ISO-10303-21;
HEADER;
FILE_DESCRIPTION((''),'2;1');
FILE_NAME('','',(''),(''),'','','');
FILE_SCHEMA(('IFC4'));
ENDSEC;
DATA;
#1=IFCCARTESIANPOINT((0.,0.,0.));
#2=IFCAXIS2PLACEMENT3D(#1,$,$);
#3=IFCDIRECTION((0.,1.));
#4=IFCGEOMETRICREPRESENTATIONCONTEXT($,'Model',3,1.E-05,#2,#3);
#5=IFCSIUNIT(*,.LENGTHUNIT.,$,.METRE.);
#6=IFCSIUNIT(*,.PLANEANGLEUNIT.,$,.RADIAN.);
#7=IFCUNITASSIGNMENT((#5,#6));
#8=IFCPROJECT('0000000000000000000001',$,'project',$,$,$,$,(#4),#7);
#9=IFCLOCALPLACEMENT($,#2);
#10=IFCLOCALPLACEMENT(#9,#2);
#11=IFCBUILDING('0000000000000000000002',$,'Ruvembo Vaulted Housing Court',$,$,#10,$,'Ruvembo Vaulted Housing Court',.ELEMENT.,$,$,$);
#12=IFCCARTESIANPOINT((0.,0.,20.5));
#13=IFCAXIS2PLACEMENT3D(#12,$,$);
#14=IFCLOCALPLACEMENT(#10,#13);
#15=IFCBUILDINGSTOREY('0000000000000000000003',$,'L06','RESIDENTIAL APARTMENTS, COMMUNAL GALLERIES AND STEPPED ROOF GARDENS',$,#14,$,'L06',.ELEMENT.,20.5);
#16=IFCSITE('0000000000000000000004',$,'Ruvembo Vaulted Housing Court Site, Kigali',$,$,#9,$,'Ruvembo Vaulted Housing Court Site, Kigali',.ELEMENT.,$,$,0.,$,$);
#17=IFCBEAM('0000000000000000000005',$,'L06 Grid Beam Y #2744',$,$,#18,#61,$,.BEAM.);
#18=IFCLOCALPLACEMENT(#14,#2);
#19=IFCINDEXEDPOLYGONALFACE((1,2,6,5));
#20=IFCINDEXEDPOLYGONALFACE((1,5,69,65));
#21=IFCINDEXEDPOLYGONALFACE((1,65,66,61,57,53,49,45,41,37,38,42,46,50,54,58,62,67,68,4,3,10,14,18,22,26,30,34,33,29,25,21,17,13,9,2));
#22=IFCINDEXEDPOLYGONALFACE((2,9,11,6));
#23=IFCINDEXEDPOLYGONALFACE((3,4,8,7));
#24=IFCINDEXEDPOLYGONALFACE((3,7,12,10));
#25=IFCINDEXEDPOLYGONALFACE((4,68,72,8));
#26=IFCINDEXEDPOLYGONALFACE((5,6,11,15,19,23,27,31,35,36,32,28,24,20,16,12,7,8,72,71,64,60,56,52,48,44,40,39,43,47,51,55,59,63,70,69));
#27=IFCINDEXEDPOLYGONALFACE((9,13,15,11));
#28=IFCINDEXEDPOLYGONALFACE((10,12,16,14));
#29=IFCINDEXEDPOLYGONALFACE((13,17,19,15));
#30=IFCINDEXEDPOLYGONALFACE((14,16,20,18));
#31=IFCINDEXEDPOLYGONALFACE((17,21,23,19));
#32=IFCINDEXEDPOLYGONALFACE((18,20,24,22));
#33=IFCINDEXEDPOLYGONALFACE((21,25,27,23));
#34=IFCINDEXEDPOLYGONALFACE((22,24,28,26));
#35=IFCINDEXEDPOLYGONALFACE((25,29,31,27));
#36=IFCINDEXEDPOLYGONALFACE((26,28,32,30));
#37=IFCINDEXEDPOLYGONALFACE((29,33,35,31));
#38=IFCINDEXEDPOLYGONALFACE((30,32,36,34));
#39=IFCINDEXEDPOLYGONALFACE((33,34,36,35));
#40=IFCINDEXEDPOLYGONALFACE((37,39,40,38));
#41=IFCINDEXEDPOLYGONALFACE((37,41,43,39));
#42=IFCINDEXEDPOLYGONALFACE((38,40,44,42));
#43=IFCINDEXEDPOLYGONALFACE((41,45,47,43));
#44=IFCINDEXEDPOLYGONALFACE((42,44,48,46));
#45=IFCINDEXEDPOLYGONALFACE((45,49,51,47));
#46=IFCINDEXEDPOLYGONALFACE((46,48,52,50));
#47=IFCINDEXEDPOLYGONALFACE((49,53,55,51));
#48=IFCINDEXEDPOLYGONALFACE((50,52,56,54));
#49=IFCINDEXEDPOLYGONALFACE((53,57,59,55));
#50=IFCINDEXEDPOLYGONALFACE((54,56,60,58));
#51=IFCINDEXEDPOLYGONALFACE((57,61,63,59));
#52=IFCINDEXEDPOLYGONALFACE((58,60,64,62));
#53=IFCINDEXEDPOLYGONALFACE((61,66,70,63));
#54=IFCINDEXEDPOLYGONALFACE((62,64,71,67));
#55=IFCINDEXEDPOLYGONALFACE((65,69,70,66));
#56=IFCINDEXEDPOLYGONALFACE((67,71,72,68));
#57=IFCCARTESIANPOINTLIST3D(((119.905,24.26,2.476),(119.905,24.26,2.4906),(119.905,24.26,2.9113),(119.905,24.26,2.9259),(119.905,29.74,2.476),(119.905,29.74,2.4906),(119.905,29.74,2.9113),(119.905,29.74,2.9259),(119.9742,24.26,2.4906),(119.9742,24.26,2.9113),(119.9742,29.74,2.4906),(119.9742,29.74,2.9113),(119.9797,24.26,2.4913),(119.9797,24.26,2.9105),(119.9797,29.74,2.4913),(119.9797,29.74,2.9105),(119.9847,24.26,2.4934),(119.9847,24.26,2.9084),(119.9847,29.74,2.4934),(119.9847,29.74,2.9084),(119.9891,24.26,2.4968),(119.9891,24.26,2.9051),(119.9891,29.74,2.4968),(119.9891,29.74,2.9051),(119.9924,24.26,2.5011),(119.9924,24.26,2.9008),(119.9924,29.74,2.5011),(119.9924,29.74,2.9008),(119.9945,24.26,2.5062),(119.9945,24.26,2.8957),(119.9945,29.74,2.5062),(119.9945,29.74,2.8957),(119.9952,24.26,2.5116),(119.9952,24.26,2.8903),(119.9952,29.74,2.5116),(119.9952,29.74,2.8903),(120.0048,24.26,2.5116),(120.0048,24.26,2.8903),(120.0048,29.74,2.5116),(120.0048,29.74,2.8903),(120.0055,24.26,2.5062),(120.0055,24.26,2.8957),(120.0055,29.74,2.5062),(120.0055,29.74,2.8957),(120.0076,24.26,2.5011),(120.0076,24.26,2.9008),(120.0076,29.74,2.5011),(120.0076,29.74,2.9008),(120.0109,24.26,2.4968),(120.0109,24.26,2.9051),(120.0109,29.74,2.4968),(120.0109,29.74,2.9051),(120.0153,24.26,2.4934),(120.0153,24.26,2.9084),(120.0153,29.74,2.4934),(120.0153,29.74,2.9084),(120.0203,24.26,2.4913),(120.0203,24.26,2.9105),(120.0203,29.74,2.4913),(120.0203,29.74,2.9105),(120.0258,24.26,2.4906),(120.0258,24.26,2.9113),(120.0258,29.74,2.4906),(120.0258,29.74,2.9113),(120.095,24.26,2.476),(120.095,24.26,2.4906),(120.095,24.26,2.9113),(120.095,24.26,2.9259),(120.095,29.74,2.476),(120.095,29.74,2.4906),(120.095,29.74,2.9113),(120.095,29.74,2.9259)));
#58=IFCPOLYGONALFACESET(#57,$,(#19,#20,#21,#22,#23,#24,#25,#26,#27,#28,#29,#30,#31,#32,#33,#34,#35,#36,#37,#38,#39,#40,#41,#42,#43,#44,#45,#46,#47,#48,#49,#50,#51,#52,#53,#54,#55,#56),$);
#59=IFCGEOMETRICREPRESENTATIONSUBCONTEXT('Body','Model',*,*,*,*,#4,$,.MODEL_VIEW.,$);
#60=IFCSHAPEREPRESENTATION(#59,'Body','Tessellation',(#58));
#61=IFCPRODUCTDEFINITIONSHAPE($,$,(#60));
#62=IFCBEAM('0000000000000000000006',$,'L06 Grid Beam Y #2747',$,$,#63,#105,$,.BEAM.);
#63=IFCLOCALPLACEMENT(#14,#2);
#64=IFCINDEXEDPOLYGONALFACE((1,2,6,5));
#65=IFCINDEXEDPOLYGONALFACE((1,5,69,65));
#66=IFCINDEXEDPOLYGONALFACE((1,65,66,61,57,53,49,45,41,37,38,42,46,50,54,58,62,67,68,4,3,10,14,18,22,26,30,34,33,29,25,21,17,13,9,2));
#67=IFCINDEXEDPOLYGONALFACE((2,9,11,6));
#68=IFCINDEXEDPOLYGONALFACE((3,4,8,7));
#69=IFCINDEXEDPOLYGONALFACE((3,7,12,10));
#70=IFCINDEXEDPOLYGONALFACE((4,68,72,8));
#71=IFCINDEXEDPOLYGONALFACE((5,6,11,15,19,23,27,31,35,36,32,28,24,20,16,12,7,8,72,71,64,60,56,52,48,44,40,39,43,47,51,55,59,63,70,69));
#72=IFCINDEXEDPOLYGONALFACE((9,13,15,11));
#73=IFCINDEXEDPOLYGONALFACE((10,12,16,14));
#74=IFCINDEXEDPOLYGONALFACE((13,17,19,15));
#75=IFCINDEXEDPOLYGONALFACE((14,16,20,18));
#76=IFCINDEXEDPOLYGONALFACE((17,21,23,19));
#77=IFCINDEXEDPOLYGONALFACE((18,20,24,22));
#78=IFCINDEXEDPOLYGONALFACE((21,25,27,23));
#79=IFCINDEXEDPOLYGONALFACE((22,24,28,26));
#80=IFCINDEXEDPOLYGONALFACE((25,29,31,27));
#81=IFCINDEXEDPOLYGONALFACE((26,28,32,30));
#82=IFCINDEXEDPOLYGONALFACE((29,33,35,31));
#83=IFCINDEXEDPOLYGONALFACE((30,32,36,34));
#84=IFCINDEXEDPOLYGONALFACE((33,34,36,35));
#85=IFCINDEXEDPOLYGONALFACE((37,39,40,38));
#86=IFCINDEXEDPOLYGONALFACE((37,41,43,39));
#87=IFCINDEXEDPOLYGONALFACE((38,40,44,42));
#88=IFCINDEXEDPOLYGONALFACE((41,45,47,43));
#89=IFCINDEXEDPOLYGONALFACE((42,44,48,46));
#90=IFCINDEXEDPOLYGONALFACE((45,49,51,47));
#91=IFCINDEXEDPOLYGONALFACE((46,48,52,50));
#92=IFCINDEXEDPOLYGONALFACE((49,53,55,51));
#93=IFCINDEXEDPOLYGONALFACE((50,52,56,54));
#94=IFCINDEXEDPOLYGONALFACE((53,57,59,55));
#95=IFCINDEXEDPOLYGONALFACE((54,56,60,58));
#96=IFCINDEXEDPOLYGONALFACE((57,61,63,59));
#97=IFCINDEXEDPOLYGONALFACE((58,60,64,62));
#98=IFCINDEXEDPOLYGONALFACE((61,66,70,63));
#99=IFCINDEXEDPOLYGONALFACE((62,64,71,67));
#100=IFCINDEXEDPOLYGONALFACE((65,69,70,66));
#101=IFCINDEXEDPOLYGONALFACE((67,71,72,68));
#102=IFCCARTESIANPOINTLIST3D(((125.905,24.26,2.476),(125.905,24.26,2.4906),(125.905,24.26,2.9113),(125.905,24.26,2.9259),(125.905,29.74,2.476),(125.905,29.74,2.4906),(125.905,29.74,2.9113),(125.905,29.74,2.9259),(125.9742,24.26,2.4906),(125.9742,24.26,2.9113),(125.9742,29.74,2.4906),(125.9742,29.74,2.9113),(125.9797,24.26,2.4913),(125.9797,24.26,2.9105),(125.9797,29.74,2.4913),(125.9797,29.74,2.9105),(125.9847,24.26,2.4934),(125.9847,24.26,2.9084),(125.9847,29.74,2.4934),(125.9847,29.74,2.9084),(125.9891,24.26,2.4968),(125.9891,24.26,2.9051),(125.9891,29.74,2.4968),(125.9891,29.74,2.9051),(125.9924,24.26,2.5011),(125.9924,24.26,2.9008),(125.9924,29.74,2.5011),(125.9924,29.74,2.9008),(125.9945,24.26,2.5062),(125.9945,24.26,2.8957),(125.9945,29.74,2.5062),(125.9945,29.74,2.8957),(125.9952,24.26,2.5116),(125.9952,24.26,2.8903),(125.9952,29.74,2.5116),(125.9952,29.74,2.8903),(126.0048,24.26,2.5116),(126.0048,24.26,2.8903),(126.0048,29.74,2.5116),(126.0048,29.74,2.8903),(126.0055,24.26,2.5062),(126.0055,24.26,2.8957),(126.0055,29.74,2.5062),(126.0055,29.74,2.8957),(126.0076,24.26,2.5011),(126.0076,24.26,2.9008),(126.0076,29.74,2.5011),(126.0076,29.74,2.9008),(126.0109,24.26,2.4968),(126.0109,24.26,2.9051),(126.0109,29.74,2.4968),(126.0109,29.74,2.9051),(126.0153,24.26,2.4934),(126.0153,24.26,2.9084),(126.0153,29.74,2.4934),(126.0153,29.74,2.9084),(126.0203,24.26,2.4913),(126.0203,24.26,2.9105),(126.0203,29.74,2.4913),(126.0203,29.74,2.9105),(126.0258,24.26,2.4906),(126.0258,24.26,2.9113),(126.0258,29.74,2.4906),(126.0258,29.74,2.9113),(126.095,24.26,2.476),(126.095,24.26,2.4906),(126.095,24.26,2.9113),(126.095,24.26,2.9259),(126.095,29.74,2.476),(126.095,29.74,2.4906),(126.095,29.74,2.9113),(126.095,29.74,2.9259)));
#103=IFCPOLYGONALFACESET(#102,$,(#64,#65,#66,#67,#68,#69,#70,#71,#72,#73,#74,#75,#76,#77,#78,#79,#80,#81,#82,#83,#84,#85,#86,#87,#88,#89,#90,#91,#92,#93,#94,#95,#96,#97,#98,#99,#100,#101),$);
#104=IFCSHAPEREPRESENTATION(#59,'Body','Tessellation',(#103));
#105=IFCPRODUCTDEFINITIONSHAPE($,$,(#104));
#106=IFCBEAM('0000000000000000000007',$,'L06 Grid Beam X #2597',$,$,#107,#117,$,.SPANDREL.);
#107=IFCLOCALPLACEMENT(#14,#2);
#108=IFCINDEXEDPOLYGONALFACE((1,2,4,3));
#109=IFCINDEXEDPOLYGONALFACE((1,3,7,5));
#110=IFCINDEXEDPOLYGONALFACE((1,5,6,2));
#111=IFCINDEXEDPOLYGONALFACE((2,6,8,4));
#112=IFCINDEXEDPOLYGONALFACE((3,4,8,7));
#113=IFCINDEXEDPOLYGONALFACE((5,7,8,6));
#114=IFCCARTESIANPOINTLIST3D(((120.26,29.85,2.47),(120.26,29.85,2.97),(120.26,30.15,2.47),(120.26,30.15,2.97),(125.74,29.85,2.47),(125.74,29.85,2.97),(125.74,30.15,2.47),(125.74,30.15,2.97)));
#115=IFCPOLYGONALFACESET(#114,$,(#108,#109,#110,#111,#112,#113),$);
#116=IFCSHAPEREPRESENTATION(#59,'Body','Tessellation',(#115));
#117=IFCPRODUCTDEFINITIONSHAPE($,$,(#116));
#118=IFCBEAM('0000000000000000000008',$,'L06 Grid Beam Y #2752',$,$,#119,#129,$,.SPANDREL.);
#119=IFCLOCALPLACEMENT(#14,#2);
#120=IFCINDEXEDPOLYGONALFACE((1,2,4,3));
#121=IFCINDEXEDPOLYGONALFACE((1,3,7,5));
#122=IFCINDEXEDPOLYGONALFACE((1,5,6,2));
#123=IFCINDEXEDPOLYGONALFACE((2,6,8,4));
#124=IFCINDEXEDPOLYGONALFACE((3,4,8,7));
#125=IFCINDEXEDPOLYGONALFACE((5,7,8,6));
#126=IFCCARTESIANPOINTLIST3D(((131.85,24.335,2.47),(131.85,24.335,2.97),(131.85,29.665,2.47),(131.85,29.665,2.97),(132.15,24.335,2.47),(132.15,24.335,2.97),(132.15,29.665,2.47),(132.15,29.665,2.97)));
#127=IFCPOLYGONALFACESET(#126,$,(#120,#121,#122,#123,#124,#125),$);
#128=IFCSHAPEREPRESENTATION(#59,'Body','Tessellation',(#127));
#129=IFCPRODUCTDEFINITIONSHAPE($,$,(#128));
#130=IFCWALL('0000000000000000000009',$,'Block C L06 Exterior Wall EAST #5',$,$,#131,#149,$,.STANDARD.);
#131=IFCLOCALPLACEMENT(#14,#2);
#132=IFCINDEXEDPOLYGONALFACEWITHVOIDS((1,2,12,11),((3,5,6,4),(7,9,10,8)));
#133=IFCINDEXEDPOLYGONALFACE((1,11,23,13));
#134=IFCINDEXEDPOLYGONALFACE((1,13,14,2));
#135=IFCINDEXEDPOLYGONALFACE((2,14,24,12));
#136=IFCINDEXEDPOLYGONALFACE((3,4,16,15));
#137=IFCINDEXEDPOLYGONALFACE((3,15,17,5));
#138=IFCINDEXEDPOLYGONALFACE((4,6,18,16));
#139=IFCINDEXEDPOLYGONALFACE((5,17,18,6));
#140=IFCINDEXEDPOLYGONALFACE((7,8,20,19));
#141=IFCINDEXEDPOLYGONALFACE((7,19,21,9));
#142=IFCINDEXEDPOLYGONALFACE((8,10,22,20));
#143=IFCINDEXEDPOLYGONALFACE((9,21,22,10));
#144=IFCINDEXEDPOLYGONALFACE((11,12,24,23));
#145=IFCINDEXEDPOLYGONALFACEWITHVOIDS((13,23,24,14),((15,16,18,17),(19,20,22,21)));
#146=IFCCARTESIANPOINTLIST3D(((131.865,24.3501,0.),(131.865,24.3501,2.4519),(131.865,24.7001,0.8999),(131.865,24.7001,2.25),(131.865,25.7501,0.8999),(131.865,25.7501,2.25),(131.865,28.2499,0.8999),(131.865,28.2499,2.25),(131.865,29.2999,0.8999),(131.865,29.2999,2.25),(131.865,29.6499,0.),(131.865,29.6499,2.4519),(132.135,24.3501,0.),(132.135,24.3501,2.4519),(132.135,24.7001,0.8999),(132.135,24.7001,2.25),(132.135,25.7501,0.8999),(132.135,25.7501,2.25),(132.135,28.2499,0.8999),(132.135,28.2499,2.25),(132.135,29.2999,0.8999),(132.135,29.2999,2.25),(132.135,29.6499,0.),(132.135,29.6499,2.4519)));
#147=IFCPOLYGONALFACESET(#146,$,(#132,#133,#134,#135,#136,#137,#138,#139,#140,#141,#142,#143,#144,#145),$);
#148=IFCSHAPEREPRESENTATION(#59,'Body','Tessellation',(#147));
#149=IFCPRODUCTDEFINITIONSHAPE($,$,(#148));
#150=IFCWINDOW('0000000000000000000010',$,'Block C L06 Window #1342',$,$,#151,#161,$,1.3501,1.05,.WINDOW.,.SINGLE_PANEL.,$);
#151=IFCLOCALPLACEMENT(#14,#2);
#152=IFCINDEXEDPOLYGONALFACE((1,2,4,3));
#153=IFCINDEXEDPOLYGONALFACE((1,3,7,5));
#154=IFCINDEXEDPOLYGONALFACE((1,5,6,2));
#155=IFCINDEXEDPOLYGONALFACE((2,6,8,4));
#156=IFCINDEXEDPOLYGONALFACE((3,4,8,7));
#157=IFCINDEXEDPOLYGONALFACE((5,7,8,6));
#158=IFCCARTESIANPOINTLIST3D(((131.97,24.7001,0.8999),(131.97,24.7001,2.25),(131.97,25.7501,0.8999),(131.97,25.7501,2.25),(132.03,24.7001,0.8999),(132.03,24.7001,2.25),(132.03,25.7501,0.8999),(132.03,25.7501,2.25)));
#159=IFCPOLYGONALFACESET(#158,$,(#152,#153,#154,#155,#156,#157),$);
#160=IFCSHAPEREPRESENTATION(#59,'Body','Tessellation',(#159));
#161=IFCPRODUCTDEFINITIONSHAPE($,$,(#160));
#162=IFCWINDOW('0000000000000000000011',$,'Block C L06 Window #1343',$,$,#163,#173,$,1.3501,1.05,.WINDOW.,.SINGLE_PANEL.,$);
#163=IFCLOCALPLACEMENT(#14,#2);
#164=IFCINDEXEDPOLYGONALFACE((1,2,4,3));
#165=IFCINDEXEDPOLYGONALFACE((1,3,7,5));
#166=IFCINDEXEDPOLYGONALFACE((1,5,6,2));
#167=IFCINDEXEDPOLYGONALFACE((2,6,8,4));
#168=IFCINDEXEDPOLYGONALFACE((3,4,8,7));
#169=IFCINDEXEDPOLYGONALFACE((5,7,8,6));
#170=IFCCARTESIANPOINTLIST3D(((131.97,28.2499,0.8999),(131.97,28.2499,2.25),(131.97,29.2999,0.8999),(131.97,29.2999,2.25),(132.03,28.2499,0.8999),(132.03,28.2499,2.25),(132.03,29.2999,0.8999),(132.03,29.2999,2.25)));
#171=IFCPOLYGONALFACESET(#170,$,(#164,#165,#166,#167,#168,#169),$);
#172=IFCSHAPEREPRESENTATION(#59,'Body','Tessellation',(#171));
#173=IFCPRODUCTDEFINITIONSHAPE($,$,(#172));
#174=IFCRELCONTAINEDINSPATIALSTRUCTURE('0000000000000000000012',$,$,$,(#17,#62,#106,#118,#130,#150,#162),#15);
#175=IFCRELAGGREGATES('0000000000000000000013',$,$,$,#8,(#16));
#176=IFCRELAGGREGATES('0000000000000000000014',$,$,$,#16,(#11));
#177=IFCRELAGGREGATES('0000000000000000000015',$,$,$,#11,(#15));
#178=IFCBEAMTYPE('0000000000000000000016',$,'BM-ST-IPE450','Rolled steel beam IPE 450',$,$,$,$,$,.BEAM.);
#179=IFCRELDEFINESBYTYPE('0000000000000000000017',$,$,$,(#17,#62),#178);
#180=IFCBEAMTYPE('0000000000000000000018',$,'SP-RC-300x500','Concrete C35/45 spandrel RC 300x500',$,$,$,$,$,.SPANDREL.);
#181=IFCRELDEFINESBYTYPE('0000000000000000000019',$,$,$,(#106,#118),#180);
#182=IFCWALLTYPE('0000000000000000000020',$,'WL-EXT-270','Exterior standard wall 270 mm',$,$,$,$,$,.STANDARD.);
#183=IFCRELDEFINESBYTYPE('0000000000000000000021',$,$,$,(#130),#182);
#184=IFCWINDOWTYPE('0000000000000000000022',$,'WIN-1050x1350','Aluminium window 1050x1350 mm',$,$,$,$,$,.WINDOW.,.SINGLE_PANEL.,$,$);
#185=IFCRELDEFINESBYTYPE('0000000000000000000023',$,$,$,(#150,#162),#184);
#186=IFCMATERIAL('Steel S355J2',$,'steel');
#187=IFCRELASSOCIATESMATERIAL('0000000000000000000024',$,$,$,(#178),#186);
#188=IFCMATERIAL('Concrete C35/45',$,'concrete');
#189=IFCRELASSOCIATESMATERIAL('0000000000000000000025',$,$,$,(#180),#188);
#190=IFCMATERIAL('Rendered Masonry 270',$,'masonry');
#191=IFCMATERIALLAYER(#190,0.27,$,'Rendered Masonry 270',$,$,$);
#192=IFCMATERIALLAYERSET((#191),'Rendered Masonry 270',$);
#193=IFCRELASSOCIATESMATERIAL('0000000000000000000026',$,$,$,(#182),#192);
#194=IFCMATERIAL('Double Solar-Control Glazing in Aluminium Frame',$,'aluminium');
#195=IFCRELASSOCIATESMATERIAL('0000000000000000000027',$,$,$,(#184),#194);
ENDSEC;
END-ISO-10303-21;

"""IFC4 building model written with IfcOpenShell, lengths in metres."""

from ifc_helpers import new_model, si_unit, direction, frame, frame_2d, origin, origin_2d, place, context, subcontext, project, spatial, rectangle, i_section, extrude, material, layer, layer_set, material_profile, profile_set, type_object, element, fill, save


model = new_model("IFC4")

# Units and contexts
model_context = context("Model", 3, precision=1e-05, world=origin(), true_north=direction((0.0, 1.0)))
body_context = subcontext(model_context, "Body", "Model", "MODEL_VIEW")
ifc_project = project(units=[si_unit("LENGTHUNIT", "METRE"), si_unit("PLANEANGLEUNIT", "RADIAN")], contexts=[model_context])

# Site, building, storey
site_placement = place(None, origin())
site = spatial("IfcSite", under=ifc_project, at=site_placement, Name="Ruvembo Vaulted Housing Court Site, Kigali", LongName="Ruvembo Vaulted Housing Court Site, Kigali", CompositionType="ELEMENT", RefElevation=0.0)
building_placement = place(site_placement, origin())
building = spatial("IfcBuilding", under=site, at=building_placement, Name="Ruvembo Vaulted Housing Court", LongName="Ruvembo Vaulted Housing Court", CompositionType="ELEMENT")
storey_placement = place(building_placement, frame((0.0, 0.0, 20.5)))
storey = spatial("IfcBuildingStorey", under=building, at=storey_placement, Name="L06", Description="RESIDENTIAL APARTMENTS, COMMUNAL GALLERIES AND STEPPED ROOF GARDENS", LongName="L06", CompositionType="ELEMENT", Elevation=20.5)

# Shared definitions
ifc_material_1 = material(Name="Concrete C35/45", Category="concrete")

# Beams
ifc_material_2 = material(Name="Steel S355J2", Category="steel")
ifc_material_profile_1 = material_profile(ifc_material_2, i_section(OverallWidth=0.1899, OverallDepth=0.45, WebThickness=0.0095, FlangeThickness=0.0146, FilletRadius=0.021, at=origin_2d()), Name="IPE 450")
ifc_profile_set_1 = profile_set([ifc_material_profile_1], Name="Steel S355J2")
beam_type_1 = type_object("IfcBeamType", Name="BM-ST-IPE450", Description="Rolled steel beam IPE 450", PredefinedType="BEAM", material=ifc_profile_set_1)
for number, where, z_axis, x_axis, name in (
    (1, (120.0, 24.26, 2.7009), (0.0, 1.0, 0.0), (-1.0, 0.0, 0.0), "L06 Grid Beam Y #2744"),
    (2, (126.0, 24.26, 2.7009), (0.0, 1.0, 0.0), (-1.0, 0.0, 0.0), "L06 Grid Beam Y #2747"),
):
    element("IfcBeam", number, at=place(storey_placement, frame(where, z_axis=z_axis, x_axis=x_axis)), inside=storey, type_object=beam_type_1, Name=name, PredefinedType="BEAM", context=body_context, shape_type="SweptSolid", body=[
        extrude(i_section(OverallWidth=0.1899, OverallDepth=0.45, WebThickness=0.0095, FlangeThickness=0.0146, FilletRadius=0.021, at=origin_2d()), origin(), (0.0, 0.0, 1.0), 5.48),
    ])
ifc_material_profile_2 = material_profile(ifc_material_1, rectangle(XDim=0.3, YDim=0.5, at=origin_2d()), Name="RC 300x500")
ifc_profile_set_2 = profile_set([ifc_material_profile_2], Name="Concrete C35/45")
beam_type_2 = type_object("IfcBeamType", Name="SP-RC-300x500", Description="Concrete C35/45 spandrel RC 300x500", PredefinedType="SPANDREL", material=ifc_profile_set_2)
beam_1_placement = place(storey_placement, frame((120.26, 30.0, 2.72), z_axis=(1.0, 0.0, 0.0), x_axis=(0.0, 1.0, 0.0)))
element("IfcBeam", 3, at=beam_1_placement, inside=storey, type_object=beam_type_2, Name="L06 Grid Beam X #2597", PredefinedType="SPANDREL", context=body_context, shape_type="SweptSolid", body=[
    extrude(rectangle(XDim=0.3, YDim=0.5, at=origin_2d()), origin(), (0.0, 0.0, 1.0), 5.48),
])
beam_2_placement = place(storey_placement, frame((132.0, 24.335, 2.72), z_axis=(0.0, 1.0, 0.0), x_axis=(-1.0, 0.0, 0.0)))
element("IfcBeam", 4, at=beam_2_placement, inside=storey, type_object=beam_type_2, Name="L06 Grid Beam Y #2752", PredefinedType="SPANDREL", context=body_context, shape_type="SweptSolid", body=[
    extrude(rectangle(XDim=0.3, YDim=0.5, at=origin_2d()), origin(), (0.0, 0.0, 1.0), 5.3301),
])

# Wall, openings, windows
ifc_material_3 = material(Name="Rendered Masonry 270", Category="masonry")
ifc_layer_1 = layer(ifc_material_3, 0.27, Name="Rendered Masonry 270")
ifc_layer_set_1 = layer_set([ifc_layer_1], Name="Rendered Masonry 270")
wall_type_1 = type_object("IfcWallType", Name="WL-EXT-270", Description="Exterior standard wall 270 mm", PredefinedType="STANDARD", material=ifc_layer_set_1)
wall_1_placement = place(storey_placement, frame((132.0, 24.3501, 0.0), z_axis=(0.0, 0.0, 1.0), x_axis=(0.0, 1.0, 0.0)))
wall_1 = element("IfcWall", 5, at=wall_1_placement, inside=storey, type_object=wall_type_1, Name="Block C L06 Exterior Wall EAST #5", PredefinedType="STANDARD", context=body_context, shape_type="SweptSolid", body=[
    extrude(rectangle(XDim=5.2998, YDim=0.27, at=frame_2d((2.6499, 0.0))), origin(), (0.0, 0.0, 1.0), 2.4519),
])
opening_1_placement = place(wall_1_placement, frame((0.3501, 0.0, 0.8999)))
opening_1 = element("IfcOpeningElement", 6, at=opening_1_placement, cuts=wall_1, PredefinedType="OPENING", context=body_context, shape_type="SweptSolid", body=[
    extrude(rectangle(XDim=1.05, YDim=1.3501, at=frame_2d((0.5249, 0.675))), frame((0.0, 0.145, 0.0), z_axis=(0.0, -1.0, 0.0), x_axis=(1.0, 0.0, 0.0)), (0.0, 0.0, 1.0), 0.29),
])
opening_2_placement = place(wall_1_placement, frame((3.8999, 0.0, 0.8999)))
opening_2 = element("IfcOpeningElement", 7, at=opening_2_placement, cuts=wall_1, PredefinedType="OPENING", context=body_context, shape_type="SweptSolid", body=[
    extrude(rectangle(XDim=1.05, YDim=1.3501, at=frame_2d((0.5249, 0.675))), frame((0.0, 0.145, 0.0), z_axis=(0.0, -1.0, 0.0), x_axis=(1.0, 0.0, 0.0)), (0.0, 0.0, 1.0), 0.29),
])
ifc_material_4 = material(Name="Double Solar-Control Glazing in Aluminium Frame", Category="aluminium")
window_type_1 = type_object("IfcWindowType", Name="WIN-1050x1350", Description="Aluminium window 1050x1350 mm", PartitioningType="SINGLE_PANEL", PredefinedType="WINDOW", material=ifc_material_4)
window_1_placement = place(opening_1_placement, origin())
window_1 = element("IfcWindow", 8, at=window_1_placement, inside=storey, type_object=window_type_1, Name="Block C L06 Window #1342", OverallHeight=1.3501, OverallWidth=1.05, PartitioningType="SINGLE_PANEL", PredefinedType="WINDOW", context=body_context, shape_type="SweptSolid", body=[
    extrude(rectangle(XDim=1.05, YDim=1.3501, at=frame_2d((0.5249, 0.675))), frame((0.0, 0.03, 0.0), z_axis=(0.0, -1.0, 0.0), x_axis=(1.0, 0.0, 0.0)), (0.0, 0.0, 1.0), 0.0601),
])
fill(opening_1, window_1)
window_2_placement = place(opening_2_placement, origin())
window_2 = element("IfcWindow", 9, at=window_2_placement, inside=storey, type_object=window_type_1, Name="Block C L06 Window #1343", OverallHeight=1.3501, OverallWidth=1.05, PartitioningType="SINGLE_PANEL", PredefinedType="WINDOW", context=body_context, shape_type="SweptSolid", body=[
    extrude(rectangle(XDim=1.05, YDim=1.3501, at=frame_2d((0.5249, 0.675))), frame((0.0, 0.03, 0.0), z_axis=(0.0, -1.0, 0.0), x_axis=(1.0, 0.0, 0.0)), (0.0, 0.0, 1.0), 0.0601),
])
fill(opening_2, window_2)

save(model, "model.ifc")
